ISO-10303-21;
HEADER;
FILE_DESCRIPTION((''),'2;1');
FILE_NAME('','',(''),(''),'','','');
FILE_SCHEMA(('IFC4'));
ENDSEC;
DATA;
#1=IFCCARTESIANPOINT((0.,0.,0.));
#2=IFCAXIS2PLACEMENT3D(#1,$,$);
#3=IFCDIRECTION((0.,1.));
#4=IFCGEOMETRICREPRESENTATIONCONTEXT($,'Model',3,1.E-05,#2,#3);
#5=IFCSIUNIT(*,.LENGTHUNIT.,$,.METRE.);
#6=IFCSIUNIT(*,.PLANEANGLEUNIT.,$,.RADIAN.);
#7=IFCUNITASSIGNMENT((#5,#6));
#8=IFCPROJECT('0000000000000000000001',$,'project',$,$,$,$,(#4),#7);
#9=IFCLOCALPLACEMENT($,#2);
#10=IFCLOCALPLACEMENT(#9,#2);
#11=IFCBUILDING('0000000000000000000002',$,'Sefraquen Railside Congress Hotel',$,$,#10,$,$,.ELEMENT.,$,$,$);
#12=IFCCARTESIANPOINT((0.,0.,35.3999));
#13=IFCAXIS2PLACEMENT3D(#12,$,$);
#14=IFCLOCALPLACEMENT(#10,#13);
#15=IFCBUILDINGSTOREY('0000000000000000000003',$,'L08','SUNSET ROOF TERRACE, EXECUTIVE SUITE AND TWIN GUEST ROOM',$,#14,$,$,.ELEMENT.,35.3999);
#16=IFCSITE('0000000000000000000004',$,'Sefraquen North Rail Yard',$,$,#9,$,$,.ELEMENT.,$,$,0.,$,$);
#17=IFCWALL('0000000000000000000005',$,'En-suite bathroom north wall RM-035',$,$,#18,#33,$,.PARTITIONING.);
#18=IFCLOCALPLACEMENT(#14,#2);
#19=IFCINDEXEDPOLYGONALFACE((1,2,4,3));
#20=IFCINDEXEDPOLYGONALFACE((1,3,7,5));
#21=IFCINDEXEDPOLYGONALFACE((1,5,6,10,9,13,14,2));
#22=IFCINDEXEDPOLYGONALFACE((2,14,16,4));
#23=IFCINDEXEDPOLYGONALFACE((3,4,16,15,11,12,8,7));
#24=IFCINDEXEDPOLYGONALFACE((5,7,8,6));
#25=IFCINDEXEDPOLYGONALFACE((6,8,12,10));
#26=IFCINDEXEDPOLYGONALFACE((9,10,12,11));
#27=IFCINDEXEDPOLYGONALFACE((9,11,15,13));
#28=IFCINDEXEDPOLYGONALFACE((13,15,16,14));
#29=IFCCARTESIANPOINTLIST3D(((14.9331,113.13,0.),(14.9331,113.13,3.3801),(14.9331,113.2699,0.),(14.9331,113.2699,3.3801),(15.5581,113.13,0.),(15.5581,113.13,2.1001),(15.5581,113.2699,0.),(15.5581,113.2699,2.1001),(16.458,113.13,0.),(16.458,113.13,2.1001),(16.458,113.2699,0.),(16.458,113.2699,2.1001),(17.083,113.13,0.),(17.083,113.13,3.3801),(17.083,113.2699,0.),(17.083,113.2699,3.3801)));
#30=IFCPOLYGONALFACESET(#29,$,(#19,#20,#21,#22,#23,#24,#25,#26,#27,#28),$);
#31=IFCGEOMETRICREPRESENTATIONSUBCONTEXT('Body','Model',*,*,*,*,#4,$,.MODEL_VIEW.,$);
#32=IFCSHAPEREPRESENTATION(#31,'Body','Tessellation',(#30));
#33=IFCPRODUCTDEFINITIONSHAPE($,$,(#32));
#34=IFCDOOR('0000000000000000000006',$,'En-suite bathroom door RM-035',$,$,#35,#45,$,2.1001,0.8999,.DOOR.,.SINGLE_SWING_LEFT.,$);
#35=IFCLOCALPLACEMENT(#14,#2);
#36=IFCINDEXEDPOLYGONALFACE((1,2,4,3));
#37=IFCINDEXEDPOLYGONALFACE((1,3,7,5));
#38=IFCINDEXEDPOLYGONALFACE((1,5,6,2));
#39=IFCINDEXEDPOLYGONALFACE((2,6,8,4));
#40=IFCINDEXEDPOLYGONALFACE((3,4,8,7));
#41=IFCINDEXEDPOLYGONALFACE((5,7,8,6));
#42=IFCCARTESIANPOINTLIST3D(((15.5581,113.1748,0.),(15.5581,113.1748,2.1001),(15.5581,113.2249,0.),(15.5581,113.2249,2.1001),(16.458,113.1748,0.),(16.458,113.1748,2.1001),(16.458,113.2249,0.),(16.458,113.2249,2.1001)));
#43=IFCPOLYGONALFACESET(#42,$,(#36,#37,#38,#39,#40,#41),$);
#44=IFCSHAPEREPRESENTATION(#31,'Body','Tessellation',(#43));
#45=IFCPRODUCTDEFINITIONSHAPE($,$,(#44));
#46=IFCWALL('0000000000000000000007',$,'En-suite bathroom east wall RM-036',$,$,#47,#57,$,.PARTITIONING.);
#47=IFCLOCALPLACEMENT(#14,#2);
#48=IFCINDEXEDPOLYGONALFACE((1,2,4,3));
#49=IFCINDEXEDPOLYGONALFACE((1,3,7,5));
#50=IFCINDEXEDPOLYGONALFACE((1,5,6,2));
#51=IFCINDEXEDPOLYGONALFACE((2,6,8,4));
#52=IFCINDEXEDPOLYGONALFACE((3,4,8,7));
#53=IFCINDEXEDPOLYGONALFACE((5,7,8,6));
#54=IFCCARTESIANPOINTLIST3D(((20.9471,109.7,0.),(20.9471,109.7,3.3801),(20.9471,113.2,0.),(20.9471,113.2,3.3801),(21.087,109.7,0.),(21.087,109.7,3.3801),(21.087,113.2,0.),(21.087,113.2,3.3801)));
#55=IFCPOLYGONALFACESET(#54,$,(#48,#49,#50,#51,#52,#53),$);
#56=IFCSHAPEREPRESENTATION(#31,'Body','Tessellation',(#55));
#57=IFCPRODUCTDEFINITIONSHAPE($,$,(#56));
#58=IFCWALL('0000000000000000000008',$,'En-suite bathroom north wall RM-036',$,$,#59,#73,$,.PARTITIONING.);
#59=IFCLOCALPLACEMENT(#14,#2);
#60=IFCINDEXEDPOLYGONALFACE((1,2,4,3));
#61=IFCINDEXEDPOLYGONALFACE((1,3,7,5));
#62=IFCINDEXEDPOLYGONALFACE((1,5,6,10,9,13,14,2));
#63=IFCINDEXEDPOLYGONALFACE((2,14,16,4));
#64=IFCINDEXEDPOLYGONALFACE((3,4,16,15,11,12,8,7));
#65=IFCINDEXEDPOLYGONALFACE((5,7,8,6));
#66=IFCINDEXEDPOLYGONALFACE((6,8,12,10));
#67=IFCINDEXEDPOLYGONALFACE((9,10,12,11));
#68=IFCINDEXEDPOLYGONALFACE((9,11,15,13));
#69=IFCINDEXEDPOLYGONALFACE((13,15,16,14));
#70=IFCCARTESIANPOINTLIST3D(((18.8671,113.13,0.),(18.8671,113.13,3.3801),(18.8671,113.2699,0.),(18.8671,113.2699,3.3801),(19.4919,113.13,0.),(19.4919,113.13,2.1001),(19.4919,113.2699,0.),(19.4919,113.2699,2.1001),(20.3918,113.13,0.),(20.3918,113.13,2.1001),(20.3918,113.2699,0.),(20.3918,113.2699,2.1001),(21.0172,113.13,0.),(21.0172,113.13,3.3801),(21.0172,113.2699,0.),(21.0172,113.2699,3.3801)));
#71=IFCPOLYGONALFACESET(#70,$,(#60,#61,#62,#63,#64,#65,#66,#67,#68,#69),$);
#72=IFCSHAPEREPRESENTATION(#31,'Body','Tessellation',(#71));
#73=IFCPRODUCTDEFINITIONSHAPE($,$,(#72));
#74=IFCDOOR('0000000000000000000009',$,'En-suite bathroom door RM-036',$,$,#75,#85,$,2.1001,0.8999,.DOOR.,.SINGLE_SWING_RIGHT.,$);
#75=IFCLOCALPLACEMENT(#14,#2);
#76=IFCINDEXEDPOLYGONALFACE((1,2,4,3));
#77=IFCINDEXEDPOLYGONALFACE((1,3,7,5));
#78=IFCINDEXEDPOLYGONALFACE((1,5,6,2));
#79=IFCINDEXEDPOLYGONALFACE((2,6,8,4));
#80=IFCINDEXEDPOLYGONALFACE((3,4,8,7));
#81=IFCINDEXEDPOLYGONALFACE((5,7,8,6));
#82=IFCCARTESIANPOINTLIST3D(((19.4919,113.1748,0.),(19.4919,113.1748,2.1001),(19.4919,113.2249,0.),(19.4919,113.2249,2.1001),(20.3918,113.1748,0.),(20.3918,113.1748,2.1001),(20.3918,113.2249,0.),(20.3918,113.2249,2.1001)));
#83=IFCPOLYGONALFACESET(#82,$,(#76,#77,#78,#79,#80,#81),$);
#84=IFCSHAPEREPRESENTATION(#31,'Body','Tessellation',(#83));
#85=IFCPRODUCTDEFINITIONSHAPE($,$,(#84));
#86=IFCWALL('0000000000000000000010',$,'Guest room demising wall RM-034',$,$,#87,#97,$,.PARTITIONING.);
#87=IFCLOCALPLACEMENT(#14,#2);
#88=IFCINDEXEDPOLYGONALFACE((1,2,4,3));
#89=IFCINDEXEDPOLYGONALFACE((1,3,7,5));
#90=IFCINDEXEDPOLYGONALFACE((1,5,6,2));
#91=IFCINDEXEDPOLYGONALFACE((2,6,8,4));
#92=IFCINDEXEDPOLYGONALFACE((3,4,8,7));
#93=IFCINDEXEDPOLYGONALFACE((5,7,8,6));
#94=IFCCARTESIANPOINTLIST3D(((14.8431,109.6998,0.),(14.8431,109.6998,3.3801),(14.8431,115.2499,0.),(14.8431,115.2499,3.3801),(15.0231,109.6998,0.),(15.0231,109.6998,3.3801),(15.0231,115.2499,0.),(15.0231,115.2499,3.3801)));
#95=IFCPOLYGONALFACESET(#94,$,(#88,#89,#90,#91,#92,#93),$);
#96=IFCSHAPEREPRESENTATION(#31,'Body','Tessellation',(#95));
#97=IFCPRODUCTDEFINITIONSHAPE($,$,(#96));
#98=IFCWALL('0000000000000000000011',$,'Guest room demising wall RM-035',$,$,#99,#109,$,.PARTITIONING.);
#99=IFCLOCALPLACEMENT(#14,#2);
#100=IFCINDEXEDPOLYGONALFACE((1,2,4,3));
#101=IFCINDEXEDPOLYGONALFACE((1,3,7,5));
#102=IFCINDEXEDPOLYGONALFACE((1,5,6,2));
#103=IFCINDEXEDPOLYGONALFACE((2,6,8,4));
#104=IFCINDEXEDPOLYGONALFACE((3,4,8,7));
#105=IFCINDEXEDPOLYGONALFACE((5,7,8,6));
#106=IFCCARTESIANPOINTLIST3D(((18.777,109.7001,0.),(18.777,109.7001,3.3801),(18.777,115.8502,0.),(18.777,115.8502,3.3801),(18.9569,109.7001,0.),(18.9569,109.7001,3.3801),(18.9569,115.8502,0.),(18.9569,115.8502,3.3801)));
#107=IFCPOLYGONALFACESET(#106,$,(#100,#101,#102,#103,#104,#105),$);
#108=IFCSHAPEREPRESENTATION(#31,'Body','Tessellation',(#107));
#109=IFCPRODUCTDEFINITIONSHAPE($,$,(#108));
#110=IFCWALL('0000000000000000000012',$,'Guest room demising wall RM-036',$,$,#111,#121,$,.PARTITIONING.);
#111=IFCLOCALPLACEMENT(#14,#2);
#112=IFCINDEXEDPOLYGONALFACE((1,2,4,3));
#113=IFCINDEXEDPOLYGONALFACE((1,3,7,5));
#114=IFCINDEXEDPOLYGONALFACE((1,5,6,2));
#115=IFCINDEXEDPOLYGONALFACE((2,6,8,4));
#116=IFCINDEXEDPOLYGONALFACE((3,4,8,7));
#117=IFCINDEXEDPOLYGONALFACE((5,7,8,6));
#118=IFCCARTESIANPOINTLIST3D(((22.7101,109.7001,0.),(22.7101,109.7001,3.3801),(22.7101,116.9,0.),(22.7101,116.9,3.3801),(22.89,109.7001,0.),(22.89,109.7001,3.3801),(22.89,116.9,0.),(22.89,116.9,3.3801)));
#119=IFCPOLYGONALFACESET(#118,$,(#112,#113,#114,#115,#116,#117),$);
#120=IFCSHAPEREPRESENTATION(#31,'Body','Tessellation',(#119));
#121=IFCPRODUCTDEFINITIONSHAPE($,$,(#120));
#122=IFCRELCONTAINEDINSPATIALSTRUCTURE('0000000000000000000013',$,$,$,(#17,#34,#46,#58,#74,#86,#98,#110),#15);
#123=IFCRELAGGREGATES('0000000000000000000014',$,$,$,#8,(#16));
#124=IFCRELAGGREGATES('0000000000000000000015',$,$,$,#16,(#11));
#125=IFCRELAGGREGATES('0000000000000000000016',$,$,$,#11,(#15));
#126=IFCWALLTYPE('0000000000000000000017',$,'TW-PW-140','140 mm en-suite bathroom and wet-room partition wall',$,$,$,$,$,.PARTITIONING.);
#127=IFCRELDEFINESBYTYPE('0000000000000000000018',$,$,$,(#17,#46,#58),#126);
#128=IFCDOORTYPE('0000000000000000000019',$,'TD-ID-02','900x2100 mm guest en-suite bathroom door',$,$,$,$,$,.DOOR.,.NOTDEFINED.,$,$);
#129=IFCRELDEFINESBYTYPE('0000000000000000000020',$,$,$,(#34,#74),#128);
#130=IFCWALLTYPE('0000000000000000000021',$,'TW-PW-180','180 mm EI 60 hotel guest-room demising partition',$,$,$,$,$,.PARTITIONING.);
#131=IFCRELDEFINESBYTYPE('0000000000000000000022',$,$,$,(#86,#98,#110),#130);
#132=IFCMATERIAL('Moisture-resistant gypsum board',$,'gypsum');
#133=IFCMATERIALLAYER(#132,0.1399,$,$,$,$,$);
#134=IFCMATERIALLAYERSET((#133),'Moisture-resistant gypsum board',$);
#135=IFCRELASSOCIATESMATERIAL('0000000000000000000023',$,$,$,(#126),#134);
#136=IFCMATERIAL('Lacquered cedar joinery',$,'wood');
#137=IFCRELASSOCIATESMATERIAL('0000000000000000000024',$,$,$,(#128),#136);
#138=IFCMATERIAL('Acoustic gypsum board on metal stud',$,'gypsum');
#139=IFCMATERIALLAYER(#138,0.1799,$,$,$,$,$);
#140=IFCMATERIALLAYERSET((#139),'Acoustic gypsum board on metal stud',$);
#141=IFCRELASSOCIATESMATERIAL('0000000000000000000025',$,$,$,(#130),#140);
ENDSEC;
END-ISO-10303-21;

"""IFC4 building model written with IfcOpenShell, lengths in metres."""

from ifc_helpers import new_model, si_unit, direction, frame, frame_2d, origin, place, context, subcontext, project, spatial, rectangle, extrude, material, layer, layer_set, type_object, element, fill, save


model = new_model("IFC4")

# Units and contexts
model_context = context("Model", 3, precision=1e-05, world=origin(), true_north=direction((0.0, 1.0)))
body_context = subcontext(model_context, "Body", "Model", "MODEL_VIEW")
ifc_project = project(units=[si_unit("LENGTHUNIT", "METRE"), si_unit("PLANEANGLEUNIT", "RADIAN")], contexts=[model_context])

# Site, building, storey
site_placement = place(None, origin())
site = spatial("IfcSite", under=ifc_project, at=site_placement, Name="Sefraquen North Rail Yard", CompositionType="ELEMENT", RefElevation=0.0)
building_placement = place(site_placement, origin())
building = spatial("IfcBuilding", under=site, at=building_placement, Name="Sefraquen Railside Congress Hotel", CompositionType="ELEMENT")
storey_placement = place(building_placement, frame((0.0, 0.0, 35.3999)))
storey = spatial("IfcBuildingStorey", under=building, at=storey_placement, Name="L08", Description="SUNSET ROOF TERRACE, EXECUTIVE SUITE AND TWIN GUEST ROOM", CompositionType="ELEMENT", Elevation=35.3999)

# Shared definitions
ifc_material_1 = material(Name="Moisture-resistant gypsum board", Category="gypsum")
ifc_layer_1 = layer(ifc_material_1, 0.1399)
ifc_layer_set_1 = layer_set([ifc_layer_1], Name="Moisture-resistant gypsum board")
wall_type_1 = type_object("IfcWallType", Name="TW-PW-140", Description="140 mm en-suite bathroom and wet-room partition wall", PredefinedType="PARTITIONING", material=ifc_layer_set_1)

# Shared definitions
ifc_material_2 = material(Name="Lacquered cedar joinery", Category="wood")

# Wall, opening, door
wall_1_placement = place(storey_placement, frame((14.9331, 113.2, 0.0), z_axis=(0.0, 0.0, 1.0), x_axis=(1.0, 0.0, 0.0)))
wall_1 = element("IfcWall", 1, at=wall_1_placement, inside=storey, type_object=wall_type_1, Name="En-suite bathroom north wall RM-035", PredefinedType="PARTITIONING", context=body_context, shape_type="SweptSolid", body=[
    extrude(rectangle(XDim=2.1499, YDim=0.1399, at=frame_2d((1.075, 0.0))), origin(), (0.0, 0.0, 1.0), 3.3801),
])
opening_1_placement = place(wall_1_placement, frame((0.625, 0.0, 0.0)))
opening_1 = element("IfcOpeningElement", 2, at=opening_1_placement, cuts=wall_1, PredefinedType="OPENING", context=body_context, shape_type="SweptSolid", body=[
    extrude(rectangle(XDim=0.8999, YDim=2.1001, at=frame_2d((0.45, 1.05))), frame((0.0, 0.0798, 0.0), z_axis=(0.0, -1.0, 0.0), x_axis=(1.0, 0.0, 0.0)), (0.0, 0.0, 1.0), 0.1599),
])
door_type_1 = type_object("IfcDoorType", Name="TD-ID-02", Description="900x2100 mm guest en-suite bathroom door", OperationType="NOTDEFINED", PredefinedType="DOOR", material=ifc_material_2)
door_1_placement = place(opening_1_placement, origin())
door_1 = element("IfcDoor", 3, at=door_1_placement, inside=storey, type_object=door_type_1, Name="En-suite bathroom door RM-035", OperationType="SINGLE_SWING_LEFT", OverallHeight=2.1001, OverallWidth=0.8999, PredefinedType="DOOR", context=body_context, shape_type="SweptSolid", body=[
    extrude(rectangle(XDim=0.8999, YDim=2.1001, at=frame_2d((0.45, 1.05))), frame((0.0, 0.0249, 0.0), z_axis=(0.0, -1.0, 0.0), x_axis=(1.0, 0.0, 0.0)), (0.0, 0.0, 1.0), 0.05),
])
fill(opening_1, door_1)

# Wall
wall_2_placement = place(storey_placement, frame((21.0171, 109.7, 0.0), z_axis=(0.0, 0.0, 1.0), x_axis=(0.0, 1.0, 0.0)))
element("IfcWall", 4, at=wall_2_placement, inside=storey, type_object=wall_type_1, Name="En-suite bathroom east wall RM-036", PredefinedType="PARTITIONING", context=body_context, shape_type="SweptSolid", body=[
    extrude(rectangle(XDim=3.5, YDim=0.1399, at=frame_2d((1.75, 0.0))), origin(), (0.0, 0.0, 1.0), 3.3801),
])

# Wall, opening, door
wall_3_placement = place(storey_placement, frame((18.8669, 113.2, 0.0), z_axis=(0.0, 0.0, 1.0), x_axis=(1.0, 0.0, 0.0)))
wall_3 = element("IfcWall", 5, at=wall_3_placement, inside=storey, type_object=wall_type_1, Name="En-suite bathroom north wall RM-036", PredefinedType="PARTITIONING", context=body_context, shape_type="SweptSolid", body=[
    extrude(rectangle(XDim=2.1501, YDim=0.1399, at=frame_2d((1.0752, 0.0))), origin(), (0.0, 0.0, 1.0), 3.3801),
])
opening_2_placement = place(wall_3_placement, frame((0.625, 0.0, 0.0)))
opening_2 = element("IfcOpeningElement", 6, at=opening_2_placement, cuts=wall_3, PredefinedType="OPENING", context=body_context, shape_type="SweptSolid", body=[
    extrude(rectangle(XDim=0.8999, YDim=2.1001, at=frame_2d((0.45, 1.05))), frame((0.0, 0.0798, 0.0), z_axis=(0.0, -1.0, 0.0), x_axis=(1.0, 0.0, 0.0)), (0.0, 0.0, 1.0), 0.1599),
])
door_2_placement = place(opening_2_placement, origin())
door_2 = element("IfcDoor", 7, at=door_2_placement, inside=storey, type_object=door_type_1, Name="En-suite bathroom door RM-036", OperationType="SINGLE_SWING_RIGHT", OverallHeight=2.1001, OverallWidth=0.8999, PredefinedType="DOOR", context=body_context, shape_type="SweptSolid", body=[
    extrude(rectangle(XDim=0.8999, YDim=2.1001, at=frame_2d((0.45, 1.05))), frame((0.0, 0.0249, 0.0), z_axis=(0.0, -1.0, 0.0), x_axis=(1.0, 0.0, 0.0)), (0.0, 0.0, 1.0), 0.05),
])
fill(opening_2, door_2)

# Walls
ifc_material_3 = material(Name="Acoustic gypsum board on metal stud", Category="gypsum")
ifc_layer_2 = layer(ifc_material_3, 0.1799)
ifc_layer_set_2 = layer_set([ifc_layer_2], Name="Acoustic gypsum board on metal stud")
wall_type_2 = type_object("IfcWallType", Name="TW-PW-180", Description="180 mm EI 60 hotel guest-room demising partition", PredefinedType="PARTITIONING", material=ifc_layer_set_2)
wall_4_placement = place(storey_placement, frame((14.9331, 109.7, 0.0), z_axis=(0.0, 0.0, 1.0), x_axis=(0.0, 1.0, 0.0)))
element("IfcWall", 8, at=wall_4_placement, inside=storey, type_object=wall_type_2, Name="Guest room demising wall RM-034", PredefinedType="PARTITIONING", context=body_context, shape_type="SweptSolid", body=[
    extrude(rectangle(XDim=5.55, YDim=0.1799, at=frame_2d((2.7749, 0.0))), origin(), (0.0, 0.0, 1.0), 3.3801),
])
wall_5_placement = place(storey_placement, frame((18.8669, 109.7, 0.0), z_axis=(0.0, 0.0, 1.0), x_axis=(0.0, 1.0, 0.0)))
element("IfcWall", 9, at=wall_5_placement, inside=storey, type_object=wall_type_2, Name="Guest room demising wall RM-035", PredefinedType="PARTITIONING", context=body_context, shape_type="SweptSolid", body=[
    extrude(rectangle(XDim=6.1501, YDim=0.1799, at=frame_2d((3.0752, 0.0))), origin(), (0.0, 0.0, 1.0), 3.3801),
])
wall_6_placement = place(storey_placement, frame((22.8, 109.7, 0.0), z_axis=(0.0, 0.0, 1.0), x_axis=(0.0, 1.0, 0.0)))
element("IfcWall", 10, at=wall_6_placement, inside=storey, type_object=wall_type_2, Name="Guest room demising wall RM-036", PredefinedType="PARTITIONING", context=body_context, shape_type="SweptSolid", body=[
    extrude(rectangle(XDim=7.2, YDim=0.1799, at=frame_2d((3.6001, 0.0))), origin(), (0.0, 0.0, 1.0), 3.3801),
])

save(model, "model.ifc")
